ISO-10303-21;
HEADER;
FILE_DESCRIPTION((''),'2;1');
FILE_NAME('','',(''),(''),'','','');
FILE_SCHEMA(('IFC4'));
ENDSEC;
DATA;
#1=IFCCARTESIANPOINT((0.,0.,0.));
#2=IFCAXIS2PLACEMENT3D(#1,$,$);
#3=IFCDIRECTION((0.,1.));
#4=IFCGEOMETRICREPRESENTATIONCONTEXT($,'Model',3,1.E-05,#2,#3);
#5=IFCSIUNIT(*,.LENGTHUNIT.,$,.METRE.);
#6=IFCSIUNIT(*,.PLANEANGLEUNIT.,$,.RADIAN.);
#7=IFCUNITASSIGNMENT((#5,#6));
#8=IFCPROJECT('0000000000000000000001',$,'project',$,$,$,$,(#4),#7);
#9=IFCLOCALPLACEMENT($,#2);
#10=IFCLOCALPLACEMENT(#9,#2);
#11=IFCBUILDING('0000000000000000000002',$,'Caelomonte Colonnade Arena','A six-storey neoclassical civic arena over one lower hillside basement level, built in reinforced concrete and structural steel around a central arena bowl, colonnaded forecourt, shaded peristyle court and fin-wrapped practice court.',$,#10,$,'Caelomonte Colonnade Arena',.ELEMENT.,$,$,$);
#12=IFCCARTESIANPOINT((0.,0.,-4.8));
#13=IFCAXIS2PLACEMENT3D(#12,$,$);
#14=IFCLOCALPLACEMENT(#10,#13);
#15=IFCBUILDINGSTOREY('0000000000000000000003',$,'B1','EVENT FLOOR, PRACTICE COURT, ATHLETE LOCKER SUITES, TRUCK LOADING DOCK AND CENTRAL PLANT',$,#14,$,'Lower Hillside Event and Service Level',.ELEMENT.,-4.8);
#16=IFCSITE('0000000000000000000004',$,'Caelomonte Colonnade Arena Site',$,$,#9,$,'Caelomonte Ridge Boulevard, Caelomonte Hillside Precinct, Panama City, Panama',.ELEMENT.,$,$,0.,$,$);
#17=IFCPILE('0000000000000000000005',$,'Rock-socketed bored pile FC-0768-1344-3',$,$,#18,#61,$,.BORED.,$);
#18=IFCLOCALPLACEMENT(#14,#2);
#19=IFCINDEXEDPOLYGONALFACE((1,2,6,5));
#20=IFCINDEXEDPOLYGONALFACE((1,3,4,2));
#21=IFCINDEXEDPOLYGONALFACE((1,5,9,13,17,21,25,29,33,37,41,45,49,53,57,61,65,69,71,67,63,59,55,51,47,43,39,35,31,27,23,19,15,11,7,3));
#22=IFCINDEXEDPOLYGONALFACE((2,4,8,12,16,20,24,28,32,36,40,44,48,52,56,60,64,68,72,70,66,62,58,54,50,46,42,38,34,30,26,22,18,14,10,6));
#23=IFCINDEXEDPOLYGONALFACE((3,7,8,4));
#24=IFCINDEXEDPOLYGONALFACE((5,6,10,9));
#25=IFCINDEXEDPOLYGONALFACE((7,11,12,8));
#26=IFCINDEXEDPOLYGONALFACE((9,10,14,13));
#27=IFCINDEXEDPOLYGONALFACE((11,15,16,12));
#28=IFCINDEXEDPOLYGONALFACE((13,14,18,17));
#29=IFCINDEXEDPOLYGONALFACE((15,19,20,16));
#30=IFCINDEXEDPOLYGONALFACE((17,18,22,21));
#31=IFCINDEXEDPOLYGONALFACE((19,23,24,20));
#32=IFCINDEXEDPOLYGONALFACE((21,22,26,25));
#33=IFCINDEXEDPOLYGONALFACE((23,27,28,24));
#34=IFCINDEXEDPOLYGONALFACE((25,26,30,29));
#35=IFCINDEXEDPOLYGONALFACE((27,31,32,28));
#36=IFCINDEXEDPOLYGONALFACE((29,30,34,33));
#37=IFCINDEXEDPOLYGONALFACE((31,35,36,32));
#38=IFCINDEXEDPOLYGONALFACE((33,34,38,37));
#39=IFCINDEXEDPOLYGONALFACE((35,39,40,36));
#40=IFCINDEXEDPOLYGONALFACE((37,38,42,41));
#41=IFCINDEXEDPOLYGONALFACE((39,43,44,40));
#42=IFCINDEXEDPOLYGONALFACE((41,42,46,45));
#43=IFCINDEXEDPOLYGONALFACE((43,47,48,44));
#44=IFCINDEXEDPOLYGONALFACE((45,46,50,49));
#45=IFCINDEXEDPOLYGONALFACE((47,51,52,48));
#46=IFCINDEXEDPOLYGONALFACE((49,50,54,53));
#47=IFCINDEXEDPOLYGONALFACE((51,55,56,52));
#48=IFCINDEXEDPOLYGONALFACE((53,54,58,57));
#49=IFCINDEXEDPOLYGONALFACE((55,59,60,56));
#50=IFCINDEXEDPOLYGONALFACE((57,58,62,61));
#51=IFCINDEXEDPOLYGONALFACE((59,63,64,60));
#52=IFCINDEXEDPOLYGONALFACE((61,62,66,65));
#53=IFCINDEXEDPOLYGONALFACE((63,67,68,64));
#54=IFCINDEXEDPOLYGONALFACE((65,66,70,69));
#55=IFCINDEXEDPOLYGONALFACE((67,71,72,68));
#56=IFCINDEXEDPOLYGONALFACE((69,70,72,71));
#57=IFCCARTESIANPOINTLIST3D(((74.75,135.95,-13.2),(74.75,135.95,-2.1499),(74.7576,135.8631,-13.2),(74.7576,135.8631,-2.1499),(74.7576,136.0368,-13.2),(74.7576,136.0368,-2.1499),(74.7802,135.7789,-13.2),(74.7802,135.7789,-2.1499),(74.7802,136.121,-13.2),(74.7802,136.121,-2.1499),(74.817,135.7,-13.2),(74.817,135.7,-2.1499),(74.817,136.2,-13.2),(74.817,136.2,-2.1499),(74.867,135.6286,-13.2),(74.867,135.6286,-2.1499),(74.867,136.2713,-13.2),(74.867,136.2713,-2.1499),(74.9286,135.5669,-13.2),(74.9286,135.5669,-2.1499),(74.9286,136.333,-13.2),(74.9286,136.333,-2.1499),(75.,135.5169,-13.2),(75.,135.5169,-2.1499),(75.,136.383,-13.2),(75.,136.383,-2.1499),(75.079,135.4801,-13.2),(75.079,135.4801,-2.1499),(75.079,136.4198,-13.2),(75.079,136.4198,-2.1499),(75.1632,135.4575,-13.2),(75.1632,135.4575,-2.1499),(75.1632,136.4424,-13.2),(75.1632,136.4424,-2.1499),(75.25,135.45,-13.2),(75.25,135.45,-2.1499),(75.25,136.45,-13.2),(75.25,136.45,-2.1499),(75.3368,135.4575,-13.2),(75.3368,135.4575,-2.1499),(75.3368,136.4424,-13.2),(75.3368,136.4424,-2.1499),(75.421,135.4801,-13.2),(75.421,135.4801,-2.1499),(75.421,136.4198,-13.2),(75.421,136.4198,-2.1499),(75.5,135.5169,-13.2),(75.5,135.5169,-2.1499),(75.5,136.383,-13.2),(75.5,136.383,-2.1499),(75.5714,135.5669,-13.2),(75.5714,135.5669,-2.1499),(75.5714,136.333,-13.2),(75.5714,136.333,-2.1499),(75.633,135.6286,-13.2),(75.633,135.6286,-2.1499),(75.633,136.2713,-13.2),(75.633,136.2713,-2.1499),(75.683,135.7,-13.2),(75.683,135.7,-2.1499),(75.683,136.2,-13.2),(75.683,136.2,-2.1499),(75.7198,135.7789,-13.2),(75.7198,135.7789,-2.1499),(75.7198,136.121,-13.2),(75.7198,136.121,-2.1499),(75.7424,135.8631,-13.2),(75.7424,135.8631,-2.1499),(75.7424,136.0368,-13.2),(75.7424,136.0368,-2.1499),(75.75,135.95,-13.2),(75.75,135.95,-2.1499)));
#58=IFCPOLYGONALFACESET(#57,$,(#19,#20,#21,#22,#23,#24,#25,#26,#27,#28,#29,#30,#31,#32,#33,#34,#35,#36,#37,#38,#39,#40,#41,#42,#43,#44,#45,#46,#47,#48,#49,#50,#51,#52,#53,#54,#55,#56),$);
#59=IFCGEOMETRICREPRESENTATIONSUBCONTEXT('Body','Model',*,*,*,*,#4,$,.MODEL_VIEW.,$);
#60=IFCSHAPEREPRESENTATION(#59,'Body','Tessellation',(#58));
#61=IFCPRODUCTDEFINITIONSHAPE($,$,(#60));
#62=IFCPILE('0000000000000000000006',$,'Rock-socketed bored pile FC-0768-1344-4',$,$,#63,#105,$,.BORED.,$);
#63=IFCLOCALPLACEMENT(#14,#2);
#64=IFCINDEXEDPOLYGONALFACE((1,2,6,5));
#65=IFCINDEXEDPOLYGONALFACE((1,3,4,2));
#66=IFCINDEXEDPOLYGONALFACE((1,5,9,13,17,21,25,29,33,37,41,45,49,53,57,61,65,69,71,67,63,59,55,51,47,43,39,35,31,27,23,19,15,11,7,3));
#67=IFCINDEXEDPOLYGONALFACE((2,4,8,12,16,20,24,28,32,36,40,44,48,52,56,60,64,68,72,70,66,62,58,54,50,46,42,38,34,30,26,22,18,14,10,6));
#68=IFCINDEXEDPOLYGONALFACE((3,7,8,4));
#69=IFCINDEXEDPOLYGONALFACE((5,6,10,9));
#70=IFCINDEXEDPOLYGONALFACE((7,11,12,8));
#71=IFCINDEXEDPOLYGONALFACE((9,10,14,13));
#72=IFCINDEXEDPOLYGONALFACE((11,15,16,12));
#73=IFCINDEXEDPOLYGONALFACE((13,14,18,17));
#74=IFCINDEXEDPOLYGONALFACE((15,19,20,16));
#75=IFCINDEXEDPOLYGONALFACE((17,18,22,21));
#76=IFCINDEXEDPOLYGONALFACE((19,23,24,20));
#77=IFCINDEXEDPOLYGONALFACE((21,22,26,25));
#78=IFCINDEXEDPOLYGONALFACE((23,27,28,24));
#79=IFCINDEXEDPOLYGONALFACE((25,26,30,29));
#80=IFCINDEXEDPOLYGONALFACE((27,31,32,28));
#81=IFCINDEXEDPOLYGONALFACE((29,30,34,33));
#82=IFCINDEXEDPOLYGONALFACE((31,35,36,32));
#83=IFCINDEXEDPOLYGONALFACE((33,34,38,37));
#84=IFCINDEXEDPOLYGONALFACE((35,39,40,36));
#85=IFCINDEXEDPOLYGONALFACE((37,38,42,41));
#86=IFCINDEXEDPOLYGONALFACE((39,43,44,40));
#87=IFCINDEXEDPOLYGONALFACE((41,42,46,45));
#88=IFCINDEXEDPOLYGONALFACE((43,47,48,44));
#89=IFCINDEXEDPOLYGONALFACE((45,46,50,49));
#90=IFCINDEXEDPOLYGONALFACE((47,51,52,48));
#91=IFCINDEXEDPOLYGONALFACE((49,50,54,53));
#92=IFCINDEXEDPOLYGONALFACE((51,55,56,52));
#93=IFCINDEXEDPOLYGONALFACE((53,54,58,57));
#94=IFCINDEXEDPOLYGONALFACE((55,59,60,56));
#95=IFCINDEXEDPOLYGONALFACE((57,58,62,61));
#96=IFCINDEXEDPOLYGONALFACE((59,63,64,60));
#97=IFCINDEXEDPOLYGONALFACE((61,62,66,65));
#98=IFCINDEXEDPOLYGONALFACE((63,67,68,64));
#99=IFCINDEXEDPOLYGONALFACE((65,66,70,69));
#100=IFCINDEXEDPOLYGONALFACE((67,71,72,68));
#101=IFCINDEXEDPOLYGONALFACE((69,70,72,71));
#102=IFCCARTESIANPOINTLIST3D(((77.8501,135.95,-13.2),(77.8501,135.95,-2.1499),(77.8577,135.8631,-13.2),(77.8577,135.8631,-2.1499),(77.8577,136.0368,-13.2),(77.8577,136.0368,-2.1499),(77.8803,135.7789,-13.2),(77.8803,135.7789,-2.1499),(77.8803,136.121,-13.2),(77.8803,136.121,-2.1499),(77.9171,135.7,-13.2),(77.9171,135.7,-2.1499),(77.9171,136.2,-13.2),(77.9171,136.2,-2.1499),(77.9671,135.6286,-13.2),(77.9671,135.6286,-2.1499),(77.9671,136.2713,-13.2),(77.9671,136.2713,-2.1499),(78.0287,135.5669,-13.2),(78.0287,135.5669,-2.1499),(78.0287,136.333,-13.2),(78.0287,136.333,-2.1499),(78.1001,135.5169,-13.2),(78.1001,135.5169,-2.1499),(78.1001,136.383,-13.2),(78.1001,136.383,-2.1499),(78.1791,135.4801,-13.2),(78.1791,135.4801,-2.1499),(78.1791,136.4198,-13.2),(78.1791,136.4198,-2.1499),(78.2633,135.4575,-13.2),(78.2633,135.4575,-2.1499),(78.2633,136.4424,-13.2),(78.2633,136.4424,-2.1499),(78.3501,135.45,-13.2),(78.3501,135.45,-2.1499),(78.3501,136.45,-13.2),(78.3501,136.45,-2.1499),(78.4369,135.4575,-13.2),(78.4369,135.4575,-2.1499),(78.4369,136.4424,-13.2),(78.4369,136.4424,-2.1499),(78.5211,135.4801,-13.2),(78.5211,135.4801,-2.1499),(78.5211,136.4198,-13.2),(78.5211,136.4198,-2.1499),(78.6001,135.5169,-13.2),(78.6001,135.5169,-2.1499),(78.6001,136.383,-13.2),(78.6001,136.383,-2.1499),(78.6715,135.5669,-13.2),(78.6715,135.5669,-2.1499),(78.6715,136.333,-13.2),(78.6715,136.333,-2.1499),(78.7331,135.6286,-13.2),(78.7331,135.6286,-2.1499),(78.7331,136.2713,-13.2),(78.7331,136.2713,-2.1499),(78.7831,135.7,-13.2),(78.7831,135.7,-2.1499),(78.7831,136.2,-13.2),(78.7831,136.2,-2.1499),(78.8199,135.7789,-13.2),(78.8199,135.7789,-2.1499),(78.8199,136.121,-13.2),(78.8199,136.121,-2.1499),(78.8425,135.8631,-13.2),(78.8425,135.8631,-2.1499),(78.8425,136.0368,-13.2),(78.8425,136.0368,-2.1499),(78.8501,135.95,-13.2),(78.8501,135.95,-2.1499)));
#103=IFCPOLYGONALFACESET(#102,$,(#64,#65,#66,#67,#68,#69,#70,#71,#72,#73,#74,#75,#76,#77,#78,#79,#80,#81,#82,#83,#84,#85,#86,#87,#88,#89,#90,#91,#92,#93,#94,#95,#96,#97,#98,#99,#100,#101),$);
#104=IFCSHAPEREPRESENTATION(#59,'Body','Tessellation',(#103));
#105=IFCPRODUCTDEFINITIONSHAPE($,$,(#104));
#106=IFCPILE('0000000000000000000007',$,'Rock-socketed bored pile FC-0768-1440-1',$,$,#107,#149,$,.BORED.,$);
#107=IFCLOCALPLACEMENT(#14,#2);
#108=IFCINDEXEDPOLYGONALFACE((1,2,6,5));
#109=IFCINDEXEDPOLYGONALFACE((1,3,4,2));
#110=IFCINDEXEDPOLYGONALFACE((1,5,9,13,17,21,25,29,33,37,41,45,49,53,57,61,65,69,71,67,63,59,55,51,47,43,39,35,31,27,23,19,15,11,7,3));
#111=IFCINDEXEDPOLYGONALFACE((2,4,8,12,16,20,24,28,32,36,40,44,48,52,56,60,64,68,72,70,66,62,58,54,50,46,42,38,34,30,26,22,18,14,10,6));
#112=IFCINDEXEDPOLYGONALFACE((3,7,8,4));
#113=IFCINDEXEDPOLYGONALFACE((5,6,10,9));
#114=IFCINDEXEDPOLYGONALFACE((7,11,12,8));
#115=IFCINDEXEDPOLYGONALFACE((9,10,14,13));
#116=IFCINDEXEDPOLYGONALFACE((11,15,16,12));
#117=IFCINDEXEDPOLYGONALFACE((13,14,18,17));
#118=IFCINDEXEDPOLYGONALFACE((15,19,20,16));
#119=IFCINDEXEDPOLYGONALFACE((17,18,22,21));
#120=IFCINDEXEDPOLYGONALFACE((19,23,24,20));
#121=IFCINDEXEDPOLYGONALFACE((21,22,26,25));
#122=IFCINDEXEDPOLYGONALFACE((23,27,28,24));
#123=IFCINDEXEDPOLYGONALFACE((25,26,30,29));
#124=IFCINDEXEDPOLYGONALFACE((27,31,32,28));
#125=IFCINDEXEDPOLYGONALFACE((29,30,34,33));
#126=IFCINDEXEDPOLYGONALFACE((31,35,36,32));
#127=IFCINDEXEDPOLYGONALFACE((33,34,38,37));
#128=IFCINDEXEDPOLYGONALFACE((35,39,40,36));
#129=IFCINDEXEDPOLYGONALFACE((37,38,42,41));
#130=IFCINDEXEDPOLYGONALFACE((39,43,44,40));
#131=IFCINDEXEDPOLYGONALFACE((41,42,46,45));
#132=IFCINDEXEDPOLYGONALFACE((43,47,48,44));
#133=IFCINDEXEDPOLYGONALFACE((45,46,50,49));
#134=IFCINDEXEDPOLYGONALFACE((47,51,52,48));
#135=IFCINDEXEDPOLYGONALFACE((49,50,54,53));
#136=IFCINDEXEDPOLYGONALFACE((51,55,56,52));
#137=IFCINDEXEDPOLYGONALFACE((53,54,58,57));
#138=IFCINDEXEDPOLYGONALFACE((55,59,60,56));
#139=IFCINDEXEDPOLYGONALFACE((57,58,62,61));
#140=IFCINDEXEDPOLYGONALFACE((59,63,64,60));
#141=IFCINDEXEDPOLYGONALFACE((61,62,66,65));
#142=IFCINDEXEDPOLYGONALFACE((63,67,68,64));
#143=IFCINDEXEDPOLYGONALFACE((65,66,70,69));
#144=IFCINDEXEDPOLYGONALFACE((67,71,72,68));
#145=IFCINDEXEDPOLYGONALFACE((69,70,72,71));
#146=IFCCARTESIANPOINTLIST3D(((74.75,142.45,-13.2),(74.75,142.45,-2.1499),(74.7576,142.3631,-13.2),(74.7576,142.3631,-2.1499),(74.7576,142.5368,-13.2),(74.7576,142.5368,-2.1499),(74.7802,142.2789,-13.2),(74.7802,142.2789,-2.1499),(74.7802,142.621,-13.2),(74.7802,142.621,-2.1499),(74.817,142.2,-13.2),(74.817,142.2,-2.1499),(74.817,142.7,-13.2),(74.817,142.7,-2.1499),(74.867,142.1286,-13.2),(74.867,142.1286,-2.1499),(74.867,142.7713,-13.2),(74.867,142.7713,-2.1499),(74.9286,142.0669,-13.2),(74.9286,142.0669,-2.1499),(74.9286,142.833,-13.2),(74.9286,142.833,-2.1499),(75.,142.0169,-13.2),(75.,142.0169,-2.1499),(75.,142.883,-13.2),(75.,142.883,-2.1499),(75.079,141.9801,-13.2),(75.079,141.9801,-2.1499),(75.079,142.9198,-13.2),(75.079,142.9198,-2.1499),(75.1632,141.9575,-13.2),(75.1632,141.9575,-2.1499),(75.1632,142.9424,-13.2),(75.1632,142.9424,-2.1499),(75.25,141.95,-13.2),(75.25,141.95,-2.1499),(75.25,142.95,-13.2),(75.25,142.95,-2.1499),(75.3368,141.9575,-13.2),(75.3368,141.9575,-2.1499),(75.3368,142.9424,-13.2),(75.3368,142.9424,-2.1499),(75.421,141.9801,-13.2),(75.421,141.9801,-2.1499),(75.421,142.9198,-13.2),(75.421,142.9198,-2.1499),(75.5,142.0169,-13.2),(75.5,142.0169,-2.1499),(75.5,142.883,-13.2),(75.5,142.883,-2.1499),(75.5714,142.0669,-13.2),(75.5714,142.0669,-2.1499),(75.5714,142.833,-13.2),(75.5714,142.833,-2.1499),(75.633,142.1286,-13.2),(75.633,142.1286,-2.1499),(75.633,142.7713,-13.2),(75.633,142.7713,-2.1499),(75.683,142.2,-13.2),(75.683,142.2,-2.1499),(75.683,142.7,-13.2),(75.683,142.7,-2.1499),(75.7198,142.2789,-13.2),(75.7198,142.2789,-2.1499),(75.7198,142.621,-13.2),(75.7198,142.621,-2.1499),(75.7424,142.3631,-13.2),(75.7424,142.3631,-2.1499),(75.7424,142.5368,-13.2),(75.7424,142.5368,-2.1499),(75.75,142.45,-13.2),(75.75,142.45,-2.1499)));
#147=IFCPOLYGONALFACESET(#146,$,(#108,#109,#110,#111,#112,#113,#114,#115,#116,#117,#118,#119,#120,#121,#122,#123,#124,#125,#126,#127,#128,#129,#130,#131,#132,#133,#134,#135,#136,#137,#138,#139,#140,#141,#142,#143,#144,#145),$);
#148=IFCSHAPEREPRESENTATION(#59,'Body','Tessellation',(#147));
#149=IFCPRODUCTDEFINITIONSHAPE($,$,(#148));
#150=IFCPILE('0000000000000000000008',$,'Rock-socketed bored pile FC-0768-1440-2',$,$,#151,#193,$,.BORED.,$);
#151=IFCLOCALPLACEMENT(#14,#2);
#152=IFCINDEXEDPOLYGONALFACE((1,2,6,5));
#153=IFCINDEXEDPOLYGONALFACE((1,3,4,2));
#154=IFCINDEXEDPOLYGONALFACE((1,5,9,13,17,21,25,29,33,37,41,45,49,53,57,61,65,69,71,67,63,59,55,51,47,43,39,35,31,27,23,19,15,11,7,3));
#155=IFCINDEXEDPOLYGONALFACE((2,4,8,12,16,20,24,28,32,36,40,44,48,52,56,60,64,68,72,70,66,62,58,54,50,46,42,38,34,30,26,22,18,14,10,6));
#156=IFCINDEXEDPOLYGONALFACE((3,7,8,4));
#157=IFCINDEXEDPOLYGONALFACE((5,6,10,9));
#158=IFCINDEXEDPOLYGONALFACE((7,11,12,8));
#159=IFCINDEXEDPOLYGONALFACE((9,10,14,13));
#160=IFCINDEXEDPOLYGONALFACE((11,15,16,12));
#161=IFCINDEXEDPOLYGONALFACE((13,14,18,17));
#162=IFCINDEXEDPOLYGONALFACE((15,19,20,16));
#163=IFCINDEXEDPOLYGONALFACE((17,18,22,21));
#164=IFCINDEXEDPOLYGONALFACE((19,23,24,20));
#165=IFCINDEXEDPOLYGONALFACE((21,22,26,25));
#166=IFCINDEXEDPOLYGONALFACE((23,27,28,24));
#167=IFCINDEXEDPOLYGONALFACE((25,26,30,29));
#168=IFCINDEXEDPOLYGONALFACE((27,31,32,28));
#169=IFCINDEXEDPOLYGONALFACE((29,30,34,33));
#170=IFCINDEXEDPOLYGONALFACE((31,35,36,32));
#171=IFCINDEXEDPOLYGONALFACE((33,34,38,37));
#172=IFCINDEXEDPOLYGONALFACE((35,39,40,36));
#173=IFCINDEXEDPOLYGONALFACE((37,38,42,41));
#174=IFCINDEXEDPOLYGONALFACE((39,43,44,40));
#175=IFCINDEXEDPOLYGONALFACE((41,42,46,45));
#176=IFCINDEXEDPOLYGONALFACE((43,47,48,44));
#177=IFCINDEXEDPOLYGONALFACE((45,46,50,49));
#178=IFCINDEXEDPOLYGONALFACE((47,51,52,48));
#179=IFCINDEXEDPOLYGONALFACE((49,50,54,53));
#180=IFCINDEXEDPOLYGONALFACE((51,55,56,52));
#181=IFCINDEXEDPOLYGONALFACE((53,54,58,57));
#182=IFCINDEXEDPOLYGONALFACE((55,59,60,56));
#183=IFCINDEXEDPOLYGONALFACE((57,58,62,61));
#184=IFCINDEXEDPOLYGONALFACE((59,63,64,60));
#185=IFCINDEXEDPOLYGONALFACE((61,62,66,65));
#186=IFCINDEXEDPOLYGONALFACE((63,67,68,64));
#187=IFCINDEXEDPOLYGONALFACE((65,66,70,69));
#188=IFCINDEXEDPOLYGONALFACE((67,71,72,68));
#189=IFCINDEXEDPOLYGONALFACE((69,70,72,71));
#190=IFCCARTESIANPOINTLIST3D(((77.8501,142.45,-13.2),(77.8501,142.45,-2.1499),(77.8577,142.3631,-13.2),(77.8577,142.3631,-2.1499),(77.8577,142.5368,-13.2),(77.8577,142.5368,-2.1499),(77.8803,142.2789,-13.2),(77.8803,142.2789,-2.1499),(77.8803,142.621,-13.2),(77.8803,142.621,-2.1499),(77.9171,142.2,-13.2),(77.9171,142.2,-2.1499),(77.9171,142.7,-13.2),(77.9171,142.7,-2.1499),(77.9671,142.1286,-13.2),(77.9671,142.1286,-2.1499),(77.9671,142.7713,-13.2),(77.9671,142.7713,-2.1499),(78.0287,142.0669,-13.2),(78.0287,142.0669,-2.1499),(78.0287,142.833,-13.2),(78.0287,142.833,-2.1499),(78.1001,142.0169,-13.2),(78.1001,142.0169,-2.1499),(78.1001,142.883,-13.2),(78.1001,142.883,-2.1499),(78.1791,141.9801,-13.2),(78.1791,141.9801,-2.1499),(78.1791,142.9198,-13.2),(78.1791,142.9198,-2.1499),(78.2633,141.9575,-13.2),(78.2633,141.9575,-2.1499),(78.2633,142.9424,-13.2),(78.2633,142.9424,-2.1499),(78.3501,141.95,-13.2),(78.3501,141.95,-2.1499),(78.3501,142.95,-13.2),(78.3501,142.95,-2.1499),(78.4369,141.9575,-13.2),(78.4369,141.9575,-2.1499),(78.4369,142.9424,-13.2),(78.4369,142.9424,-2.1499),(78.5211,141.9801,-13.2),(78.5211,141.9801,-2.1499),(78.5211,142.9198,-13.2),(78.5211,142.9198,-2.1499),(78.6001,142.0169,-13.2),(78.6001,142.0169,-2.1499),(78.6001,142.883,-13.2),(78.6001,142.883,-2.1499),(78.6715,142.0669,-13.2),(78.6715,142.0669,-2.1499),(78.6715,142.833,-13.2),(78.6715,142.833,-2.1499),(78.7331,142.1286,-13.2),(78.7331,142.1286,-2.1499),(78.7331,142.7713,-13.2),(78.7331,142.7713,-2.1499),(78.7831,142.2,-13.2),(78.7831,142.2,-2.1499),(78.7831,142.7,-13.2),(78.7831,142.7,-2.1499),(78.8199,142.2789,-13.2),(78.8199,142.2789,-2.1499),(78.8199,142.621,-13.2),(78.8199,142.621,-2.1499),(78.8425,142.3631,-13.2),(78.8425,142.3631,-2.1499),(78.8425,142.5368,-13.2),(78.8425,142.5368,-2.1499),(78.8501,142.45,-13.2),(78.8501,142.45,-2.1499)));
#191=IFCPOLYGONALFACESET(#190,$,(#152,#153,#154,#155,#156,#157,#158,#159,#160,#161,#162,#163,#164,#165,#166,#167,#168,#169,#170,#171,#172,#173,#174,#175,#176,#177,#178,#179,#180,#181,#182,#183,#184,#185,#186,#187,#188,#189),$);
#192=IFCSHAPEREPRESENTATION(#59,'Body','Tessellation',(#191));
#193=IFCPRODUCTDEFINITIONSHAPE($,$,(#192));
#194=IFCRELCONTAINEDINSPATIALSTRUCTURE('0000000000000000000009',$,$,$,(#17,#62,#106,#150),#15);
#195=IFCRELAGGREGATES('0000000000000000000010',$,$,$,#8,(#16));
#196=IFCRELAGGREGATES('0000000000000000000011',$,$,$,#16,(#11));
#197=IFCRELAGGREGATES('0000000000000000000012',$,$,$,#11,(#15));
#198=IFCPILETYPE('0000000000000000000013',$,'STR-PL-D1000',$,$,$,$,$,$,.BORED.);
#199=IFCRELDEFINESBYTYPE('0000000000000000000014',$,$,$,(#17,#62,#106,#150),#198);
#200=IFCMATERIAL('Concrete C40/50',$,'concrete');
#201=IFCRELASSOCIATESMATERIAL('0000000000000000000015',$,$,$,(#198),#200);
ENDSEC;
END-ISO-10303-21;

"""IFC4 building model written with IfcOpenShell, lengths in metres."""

from ifc_helpers import new_model, si_unit, direction, frame, origin, origin_2d, place, context, subcontext, project, spatial, circle, extrude, material, material_profile, profile_set, type_object, element, save


model = new_model("IFC4")

# Units and contexts
model_context = context("Model", 3, precision=1e-05, world=origin(), true_north=direction((0.0, 1.0)))
body_context = subcontext(model_context, "Body", "Model", "MODEL_VIEW")
ifc_project = project(units=[si_unit("LENGTHUNIT", "METRE"), si_unit("PLANEANGLEUNIT", "RADIAN")], contexts=[model_context])

# Site, building, storey
site_placement = place(None, origin())
site = spatial("IfcSite", under=ifc_project, at=site_placement, Name="Caelomonte Colonnade Arena Site", LongName="Caelomonte Ridge Boulevard, Caelomonte Hillside Precinct, Panama City, Panama", CompositionType="ELEMENT", RefElevation=0.0)
building_placement = place(site_placement, origin())
building = spatial("IfcBuilding", under=site, at=building_placement, Name="Caelomonte Colonnade Arena", Description="A six-storey neoclassical civic arena over one lower hillside basement level, built in reinforced concrete and structural steel around a central arena bowl, colonnaded forecourt, shaded peristyle court and fin-wrapped practice court.", LongName="Caelomonte Colonnade Arena", CompositionType="ELEMENT")
storey_placement = place(building_placement, frame((0.0, 0.0, -4.8)))
storey = spatial("IfcBuildingStorey", under=building, at=storey_placement, Name="B1", Description="EVENT FLOOR, PRACTICE COURT, ATHLETE LOCKER SUITES, TRUCK LOADING DOCK AND CENTRAL PLANT", LongName="Lower Hillside Event and Service Level", CompositionType="ELEMENT", Elevation=-4.8)

# Shared definitions
ifc_material_1 = material(Name="Concrete C40/50", Category="concrete")

# Piles
ifc_material_profile_1 = material_profile(ifc_material_1, circle(Radius=0.5, at=origin_2d()), Name="PILE-D1000")
ifc_profile_set_1 = profile_set([ifc_material_profile_1], Name="Concrete C40/50")
pile_type = type_object("IfcPileType", Name="STR-PL-D1000", PredefinedType="BORED", material=ifc_profile_set_1)
for number, where, z_axis, x_axis, name in (
    (1, (75.25, 135.95, -2.1499), (0.0, 0.0, -1.0), (1.0, 0.0, 0.0), "Rock-socketed bored pile FC-0768-1344-3"),
    (2, (78.3501, 135.95, -2.1499), (0.0, 0.0, -1.0), (1.0, 0.0, 0.0), "Rock-socketed bored pile FC-0768-1344-4"),
    (3, (75.25, 142.45, -2.1499), (0.0, 0.0, -1.0), (1.0, 0.0, 0.0), "Rock-socketed bored pile FC-0768-1440-1"),
    (4, (78.3501, 142.45, -2.1499), (0.0, 0.0, -1.0), (1.0, 0.0, 0.0), "Rock-socketed bored pile FC-0768-1440-2"),
):
    element("IfcPile", number, at=place(storey_placement, frame(where, z_axis=z_axis, x_axis=x_axis)), inside=storey, type_object=pile_type, Name=name, PredefinedType="BORED", context=body_context, shape_type="SweptSolid", body=[
        extrude(circle(Radius=0.5, at=origin_2d()), origin(), (0.0, 0.0, 1.0), 11.05),
    ])

save(model, "model.ifc")
